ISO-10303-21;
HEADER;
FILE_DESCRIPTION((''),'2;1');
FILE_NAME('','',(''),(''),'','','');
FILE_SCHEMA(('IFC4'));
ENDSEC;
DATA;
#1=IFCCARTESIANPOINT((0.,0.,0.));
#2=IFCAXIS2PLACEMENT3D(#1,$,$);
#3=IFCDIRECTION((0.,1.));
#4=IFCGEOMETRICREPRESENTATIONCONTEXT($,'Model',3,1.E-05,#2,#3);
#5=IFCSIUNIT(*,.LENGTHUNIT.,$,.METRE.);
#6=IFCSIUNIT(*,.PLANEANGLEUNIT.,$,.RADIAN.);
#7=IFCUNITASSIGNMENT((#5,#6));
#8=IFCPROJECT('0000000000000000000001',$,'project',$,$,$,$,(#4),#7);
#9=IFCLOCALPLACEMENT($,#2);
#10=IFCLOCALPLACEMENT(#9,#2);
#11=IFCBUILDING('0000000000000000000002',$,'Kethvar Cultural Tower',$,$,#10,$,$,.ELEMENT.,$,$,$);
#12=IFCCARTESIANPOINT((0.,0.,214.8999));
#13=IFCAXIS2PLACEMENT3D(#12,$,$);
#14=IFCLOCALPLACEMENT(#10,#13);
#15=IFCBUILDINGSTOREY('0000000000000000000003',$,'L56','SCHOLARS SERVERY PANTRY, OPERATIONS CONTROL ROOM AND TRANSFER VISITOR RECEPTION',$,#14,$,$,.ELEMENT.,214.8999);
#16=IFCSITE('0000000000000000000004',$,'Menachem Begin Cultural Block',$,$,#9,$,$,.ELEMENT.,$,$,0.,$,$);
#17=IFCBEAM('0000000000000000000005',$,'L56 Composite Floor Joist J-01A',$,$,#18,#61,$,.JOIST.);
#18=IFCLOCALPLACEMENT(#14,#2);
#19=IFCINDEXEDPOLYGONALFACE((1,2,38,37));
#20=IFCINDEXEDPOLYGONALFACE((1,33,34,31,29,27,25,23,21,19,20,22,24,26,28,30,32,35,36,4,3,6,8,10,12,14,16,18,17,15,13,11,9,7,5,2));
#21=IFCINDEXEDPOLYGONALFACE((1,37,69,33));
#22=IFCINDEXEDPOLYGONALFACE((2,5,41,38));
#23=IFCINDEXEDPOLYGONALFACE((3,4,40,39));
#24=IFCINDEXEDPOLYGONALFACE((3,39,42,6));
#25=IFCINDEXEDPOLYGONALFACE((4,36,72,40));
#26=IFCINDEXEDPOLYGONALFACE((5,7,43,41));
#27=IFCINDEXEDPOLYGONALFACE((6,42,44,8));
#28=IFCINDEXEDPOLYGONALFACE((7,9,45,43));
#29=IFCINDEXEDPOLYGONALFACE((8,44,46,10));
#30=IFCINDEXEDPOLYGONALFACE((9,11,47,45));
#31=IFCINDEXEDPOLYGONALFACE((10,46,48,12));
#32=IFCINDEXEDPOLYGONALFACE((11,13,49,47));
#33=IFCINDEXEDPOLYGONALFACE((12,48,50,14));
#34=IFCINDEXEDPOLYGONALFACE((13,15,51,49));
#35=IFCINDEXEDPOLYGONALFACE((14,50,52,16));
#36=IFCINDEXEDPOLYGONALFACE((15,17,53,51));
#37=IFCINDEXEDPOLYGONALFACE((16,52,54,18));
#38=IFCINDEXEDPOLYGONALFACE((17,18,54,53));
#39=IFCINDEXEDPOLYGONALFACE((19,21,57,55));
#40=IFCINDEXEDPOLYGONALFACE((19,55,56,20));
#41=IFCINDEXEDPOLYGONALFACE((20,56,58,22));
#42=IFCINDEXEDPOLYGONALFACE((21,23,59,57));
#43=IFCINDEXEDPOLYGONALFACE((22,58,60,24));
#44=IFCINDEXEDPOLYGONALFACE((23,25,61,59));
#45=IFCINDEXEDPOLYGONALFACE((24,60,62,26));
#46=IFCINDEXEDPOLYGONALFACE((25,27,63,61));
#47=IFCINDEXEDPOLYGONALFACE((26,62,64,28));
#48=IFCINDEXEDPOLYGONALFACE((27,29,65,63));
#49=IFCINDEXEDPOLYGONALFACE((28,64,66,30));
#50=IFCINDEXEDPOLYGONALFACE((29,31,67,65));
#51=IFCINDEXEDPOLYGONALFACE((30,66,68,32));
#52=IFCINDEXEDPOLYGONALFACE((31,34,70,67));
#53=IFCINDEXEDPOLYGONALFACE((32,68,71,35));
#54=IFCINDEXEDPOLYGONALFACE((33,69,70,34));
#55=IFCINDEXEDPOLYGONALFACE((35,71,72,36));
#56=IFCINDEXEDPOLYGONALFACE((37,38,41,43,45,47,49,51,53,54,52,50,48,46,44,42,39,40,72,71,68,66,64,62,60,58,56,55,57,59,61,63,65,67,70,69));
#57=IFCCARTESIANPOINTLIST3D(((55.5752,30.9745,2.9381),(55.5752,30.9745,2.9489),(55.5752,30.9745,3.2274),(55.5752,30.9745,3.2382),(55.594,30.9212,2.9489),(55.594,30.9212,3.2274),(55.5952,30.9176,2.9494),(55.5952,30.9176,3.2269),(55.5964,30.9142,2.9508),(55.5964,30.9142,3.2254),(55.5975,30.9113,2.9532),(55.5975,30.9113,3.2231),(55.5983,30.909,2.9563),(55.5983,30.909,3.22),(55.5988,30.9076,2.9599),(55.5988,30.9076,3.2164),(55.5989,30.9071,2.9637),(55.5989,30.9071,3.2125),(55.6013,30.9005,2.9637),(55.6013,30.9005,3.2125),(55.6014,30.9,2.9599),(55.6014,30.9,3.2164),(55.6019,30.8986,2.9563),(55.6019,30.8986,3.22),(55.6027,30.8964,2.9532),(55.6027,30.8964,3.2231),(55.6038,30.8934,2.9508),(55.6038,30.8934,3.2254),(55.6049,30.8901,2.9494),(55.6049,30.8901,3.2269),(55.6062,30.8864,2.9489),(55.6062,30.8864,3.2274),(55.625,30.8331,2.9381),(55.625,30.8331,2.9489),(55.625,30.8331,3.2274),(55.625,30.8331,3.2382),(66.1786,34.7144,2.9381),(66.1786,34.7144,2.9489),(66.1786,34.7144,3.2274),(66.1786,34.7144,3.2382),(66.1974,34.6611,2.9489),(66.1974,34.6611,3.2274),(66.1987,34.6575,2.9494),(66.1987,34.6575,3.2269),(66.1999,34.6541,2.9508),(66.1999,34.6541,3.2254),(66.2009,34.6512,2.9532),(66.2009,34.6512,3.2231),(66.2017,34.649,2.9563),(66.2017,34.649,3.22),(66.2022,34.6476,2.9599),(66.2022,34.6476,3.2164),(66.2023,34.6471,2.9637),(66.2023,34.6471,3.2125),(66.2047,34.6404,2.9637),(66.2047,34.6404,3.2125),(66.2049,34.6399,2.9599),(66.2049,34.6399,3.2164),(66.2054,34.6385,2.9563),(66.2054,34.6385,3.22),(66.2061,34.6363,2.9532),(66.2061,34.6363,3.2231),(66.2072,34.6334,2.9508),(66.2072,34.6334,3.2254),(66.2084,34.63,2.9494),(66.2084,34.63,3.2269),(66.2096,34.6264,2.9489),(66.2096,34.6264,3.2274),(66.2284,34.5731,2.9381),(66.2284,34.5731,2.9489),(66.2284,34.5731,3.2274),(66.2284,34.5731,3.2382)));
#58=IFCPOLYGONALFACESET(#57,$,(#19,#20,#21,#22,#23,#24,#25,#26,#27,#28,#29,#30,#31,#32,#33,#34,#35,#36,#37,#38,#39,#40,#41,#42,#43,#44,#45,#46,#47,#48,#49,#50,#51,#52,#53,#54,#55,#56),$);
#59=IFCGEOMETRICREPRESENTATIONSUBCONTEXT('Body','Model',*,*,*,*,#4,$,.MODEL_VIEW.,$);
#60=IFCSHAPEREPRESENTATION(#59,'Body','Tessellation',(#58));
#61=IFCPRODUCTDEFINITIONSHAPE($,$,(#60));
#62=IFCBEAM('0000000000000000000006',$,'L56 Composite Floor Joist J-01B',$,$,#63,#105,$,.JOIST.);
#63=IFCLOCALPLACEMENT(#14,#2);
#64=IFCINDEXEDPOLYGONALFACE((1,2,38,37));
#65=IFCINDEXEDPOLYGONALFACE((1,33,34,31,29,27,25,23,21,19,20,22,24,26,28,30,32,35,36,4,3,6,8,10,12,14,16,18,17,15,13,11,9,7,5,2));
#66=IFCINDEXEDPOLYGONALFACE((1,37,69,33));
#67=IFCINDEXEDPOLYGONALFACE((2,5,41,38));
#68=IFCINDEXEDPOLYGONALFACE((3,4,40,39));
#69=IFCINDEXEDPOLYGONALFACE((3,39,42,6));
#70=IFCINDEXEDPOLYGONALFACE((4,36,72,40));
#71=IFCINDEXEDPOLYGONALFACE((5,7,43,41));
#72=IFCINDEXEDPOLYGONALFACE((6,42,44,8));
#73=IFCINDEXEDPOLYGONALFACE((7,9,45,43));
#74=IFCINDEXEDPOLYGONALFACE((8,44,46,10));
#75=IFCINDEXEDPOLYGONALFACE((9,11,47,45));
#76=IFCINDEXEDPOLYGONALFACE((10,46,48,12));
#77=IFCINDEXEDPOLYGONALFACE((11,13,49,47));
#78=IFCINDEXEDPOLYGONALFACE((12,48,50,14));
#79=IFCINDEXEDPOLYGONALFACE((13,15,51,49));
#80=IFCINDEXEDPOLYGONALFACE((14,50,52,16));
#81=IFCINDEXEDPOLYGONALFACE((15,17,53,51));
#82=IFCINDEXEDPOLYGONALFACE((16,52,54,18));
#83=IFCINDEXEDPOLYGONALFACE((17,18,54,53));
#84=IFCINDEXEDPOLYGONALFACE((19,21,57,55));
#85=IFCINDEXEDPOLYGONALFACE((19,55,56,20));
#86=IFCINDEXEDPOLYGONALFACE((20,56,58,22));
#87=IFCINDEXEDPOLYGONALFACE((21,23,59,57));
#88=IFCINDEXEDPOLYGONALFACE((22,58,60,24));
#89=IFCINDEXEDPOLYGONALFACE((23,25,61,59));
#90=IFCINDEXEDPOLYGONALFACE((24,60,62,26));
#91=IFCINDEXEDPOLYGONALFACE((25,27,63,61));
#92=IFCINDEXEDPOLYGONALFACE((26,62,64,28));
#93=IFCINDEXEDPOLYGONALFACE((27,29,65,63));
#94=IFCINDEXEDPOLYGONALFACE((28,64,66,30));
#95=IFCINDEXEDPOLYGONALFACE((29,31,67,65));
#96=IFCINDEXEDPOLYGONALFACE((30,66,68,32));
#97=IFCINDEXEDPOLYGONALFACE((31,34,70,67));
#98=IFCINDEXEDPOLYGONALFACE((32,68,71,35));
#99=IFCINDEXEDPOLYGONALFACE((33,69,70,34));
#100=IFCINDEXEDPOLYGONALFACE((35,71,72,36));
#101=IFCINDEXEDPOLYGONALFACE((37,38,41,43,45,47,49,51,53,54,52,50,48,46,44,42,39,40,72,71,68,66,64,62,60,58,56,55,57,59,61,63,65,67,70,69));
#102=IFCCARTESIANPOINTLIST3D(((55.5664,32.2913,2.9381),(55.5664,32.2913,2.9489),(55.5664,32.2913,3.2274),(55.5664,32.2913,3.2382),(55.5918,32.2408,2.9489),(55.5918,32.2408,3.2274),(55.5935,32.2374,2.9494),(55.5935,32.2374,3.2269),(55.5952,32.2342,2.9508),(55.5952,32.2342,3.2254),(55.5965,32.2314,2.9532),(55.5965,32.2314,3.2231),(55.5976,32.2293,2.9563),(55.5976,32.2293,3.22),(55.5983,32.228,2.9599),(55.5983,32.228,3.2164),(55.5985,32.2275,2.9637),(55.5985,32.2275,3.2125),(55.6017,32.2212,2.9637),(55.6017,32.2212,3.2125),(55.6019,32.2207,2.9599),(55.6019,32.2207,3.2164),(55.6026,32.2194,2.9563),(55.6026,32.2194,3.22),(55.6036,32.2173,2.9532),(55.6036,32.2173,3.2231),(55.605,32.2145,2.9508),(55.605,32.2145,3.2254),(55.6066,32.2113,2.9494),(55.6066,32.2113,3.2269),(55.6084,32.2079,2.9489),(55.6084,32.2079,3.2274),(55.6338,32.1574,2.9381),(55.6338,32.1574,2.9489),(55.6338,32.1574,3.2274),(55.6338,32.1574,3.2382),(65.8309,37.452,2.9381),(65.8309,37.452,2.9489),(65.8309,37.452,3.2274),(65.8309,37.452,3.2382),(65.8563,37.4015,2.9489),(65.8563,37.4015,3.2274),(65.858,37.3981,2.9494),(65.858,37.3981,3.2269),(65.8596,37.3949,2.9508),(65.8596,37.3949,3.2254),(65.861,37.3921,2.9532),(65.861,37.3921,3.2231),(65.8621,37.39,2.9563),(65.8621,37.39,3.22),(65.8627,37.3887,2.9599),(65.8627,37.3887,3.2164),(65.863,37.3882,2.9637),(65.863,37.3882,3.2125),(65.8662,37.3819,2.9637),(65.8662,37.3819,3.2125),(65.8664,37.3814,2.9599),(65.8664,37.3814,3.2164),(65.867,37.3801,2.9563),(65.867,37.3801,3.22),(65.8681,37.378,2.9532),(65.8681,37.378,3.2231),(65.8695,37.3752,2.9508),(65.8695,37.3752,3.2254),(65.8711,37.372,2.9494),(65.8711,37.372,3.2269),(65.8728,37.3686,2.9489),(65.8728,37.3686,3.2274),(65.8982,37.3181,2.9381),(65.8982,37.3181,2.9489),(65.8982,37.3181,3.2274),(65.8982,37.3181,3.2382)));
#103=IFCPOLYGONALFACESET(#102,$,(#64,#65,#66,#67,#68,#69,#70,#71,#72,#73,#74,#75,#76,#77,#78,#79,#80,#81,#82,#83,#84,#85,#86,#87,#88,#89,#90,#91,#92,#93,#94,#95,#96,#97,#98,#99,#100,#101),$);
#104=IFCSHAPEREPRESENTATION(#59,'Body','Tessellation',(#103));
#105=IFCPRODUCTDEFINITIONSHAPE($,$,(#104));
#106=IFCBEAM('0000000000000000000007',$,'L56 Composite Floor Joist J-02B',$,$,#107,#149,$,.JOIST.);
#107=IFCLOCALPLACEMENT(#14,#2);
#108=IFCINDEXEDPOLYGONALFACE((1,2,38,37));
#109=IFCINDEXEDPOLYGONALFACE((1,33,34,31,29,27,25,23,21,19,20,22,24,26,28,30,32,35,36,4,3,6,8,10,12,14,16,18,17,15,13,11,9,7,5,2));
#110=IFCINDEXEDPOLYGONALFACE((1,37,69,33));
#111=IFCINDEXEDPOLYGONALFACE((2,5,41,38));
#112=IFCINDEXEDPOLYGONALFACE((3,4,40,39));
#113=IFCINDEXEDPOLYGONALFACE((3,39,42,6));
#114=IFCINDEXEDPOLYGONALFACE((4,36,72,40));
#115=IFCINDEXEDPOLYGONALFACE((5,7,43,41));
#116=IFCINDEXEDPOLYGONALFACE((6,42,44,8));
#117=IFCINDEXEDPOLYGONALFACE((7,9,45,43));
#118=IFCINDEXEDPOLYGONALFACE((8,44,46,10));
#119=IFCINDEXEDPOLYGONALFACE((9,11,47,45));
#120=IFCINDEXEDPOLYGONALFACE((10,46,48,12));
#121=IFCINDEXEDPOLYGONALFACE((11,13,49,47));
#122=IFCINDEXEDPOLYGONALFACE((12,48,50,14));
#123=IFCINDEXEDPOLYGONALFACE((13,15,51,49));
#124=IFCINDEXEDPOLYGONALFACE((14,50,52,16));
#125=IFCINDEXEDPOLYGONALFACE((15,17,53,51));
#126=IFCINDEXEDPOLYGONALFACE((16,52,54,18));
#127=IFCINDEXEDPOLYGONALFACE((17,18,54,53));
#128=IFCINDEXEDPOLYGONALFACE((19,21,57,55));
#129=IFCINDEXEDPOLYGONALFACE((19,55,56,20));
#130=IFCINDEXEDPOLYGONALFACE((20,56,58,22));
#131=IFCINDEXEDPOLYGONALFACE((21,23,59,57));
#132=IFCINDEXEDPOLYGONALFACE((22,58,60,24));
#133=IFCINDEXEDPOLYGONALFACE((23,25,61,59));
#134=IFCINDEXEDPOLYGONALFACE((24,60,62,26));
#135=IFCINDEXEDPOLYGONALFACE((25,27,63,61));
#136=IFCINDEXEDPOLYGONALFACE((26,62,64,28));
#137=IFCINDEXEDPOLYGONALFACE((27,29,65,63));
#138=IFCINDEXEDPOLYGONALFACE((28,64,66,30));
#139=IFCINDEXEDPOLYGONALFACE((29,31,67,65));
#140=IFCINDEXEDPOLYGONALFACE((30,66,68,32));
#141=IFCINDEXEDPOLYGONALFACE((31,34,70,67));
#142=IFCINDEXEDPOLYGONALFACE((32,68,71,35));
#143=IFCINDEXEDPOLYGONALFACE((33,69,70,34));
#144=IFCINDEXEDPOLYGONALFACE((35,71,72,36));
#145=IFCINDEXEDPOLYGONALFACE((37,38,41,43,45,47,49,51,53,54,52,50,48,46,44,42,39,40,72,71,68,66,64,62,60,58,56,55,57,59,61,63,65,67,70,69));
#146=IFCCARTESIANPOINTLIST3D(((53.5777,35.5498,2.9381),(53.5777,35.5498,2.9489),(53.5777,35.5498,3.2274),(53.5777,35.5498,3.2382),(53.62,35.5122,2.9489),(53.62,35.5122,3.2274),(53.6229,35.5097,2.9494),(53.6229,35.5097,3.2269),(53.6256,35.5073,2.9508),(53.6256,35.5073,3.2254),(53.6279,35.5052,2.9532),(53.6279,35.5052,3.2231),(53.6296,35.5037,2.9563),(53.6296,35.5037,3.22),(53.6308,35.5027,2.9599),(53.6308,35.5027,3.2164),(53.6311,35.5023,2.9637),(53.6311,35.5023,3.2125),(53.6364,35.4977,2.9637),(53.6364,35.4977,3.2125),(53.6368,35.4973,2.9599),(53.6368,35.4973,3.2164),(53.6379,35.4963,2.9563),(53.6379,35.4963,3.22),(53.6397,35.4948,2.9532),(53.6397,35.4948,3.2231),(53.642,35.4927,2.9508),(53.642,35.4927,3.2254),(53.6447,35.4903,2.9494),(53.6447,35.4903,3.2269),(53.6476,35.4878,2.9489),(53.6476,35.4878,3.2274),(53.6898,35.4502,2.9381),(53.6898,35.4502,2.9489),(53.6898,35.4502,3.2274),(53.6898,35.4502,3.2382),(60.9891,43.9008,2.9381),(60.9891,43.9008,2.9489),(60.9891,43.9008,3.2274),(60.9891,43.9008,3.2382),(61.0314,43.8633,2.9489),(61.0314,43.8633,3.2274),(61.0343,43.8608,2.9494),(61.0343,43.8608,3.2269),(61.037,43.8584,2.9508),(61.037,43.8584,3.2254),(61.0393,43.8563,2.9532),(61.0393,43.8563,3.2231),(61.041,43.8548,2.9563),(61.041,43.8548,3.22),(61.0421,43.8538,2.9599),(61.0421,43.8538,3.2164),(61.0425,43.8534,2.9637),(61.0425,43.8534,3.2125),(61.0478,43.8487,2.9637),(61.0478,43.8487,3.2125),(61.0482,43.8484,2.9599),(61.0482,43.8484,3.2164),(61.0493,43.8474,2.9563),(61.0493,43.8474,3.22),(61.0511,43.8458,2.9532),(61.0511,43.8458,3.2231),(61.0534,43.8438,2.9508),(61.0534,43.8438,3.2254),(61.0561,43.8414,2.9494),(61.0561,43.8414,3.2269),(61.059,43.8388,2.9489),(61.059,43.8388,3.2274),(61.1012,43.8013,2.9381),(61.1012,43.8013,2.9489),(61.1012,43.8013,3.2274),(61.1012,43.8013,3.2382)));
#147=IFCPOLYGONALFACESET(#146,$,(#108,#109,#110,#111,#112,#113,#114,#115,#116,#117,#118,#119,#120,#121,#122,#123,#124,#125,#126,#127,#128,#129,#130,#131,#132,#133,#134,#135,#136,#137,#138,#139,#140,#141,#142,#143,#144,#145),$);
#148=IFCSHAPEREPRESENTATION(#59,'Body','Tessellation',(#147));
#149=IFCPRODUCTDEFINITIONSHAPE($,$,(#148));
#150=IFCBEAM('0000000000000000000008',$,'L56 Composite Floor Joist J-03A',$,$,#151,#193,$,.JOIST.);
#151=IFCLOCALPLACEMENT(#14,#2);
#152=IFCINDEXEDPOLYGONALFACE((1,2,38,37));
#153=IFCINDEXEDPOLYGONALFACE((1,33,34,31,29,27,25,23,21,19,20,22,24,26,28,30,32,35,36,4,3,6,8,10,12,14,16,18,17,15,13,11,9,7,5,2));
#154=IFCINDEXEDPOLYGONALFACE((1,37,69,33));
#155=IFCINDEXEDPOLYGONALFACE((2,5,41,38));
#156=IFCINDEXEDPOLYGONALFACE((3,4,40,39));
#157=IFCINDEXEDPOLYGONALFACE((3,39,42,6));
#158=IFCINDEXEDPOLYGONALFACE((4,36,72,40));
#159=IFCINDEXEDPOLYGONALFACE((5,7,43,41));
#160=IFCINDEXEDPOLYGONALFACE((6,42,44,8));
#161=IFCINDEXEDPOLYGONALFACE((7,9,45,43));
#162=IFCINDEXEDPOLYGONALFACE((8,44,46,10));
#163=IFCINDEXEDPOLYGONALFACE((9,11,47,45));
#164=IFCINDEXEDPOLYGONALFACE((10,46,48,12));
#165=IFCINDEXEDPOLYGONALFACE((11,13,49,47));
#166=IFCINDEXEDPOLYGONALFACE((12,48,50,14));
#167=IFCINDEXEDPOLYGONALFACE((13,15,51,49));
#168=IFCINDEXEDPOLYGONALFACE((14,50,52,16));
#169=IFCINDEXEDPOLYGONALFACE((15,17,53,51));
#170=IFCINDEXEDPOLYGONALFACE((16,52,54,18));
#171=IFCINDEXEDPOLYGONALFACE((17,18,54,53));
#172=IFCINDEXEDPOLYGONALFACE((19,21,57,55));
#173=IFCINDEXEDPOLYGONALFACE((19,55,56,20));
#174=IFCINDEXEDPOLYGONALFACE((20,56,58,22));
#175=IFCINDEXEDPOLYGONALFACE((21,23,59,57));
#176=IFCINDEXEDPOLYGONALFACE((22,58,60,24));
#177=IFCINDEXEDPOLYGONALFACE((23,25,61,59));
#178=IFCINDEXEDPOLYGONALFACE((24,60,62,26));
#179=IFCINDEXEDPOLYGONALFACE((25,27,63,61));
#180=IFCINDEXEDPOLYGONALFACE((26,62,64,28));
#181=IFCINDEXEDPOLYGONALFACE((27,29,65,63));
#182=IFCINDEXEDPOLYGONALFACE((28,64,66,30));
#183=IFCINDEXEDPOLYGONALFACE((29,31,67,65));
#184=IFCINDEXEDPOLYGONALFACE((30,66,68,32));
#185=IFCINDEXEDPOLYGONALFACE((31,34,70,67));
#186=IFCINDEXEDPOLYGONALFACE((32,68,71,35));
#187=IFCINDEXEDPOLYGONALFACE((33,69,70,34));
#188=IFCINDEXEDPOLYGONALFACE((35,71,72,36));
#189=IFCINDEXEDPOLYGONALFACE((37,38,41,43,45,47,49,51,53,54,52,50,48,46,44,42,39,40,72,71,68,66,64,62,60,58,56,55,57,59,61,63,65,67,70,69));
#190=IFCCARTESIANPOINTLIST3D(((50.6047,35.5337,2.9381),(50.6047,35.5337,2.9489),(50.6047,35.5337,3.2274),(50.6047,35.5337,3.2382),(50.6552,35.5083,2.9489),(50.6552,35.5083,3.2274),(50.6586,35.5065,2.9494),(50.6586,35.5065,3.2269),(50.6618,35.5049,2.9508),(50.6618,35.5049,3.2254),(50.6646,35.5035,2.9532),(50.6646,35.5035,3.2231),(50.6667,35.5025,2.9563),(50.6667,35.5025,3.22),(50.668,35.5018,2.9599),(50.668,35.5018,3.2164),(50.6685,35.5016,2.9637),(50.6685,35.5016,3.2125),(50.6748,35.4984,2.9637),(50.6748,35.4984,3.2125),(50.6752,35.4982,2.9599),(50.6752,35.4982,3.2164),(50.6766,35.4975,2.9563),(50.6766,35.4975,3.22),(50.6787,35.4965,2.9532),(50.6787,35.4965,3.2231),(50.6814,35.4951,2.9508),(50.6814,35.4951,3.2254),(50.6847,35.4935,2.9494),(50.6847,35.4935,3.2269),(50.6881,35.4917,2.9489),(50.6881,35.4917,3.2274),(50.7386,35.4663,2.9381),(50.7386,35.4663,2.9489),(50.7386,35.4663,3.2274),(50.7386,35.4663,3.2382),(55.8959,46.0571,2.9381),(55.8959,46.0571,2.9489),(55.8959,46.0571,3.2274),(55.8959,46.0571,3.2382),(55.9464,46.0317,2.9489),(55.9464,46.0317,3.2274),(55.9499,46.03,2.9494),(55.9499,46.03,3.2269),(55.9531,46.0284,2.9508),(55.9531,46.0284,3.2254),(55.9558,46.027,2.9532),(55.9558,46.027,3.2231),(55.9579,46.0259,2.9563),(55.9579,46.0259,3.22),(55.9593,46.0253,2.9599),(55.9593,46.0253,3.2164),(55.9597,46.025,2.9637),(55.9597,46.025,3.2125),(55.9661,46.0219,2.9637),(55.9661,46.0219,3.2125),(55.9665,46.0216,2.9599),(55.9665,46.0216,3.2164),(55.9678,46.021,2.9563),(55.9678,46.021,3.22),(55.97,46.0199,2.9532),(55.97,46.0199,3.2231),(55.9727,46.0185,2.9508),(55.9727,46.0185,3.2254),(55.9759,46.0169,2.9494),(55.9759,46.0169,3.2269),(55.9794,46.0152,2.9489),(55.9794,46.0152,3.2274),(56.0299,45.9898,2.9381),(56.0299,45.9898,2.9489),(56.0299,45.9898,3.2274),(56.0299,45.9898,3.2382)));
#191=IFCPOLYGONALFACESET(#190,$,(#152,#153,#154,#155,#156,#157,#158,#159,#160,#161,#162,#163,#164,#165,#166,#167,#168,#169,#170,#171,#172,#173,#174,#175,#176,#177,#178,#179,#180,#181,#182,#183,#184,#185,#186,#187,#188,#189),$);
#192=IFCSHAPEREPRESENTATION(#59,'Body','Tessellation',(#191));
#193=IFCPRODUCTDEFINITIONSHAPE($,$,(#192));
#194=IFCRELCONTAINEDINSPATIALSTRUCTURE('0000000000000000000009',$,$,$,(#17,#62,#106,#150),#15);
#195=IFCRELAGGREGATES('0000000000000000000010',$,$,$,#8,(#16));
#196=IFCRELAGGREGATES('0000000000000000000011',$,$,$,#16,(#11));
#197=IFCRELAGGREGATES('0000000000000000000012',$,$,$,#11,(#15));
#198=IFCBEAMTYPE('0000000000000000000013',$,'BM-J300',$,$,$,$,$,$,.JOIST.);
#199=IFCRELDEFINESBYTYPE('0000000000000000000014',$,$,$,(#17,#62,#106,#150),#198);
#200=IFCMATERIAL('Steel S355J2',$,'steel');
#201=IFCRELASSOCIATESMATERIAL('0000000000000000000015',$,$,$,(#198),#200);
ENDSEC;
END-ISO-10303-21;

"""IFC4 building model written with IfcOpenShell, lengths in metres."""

from ifc_helpers import new_model, si_unit, direction, frame, origin, origin_2d, place, context, subcontext, project, spatial, i_section, extrude, source, transform, mapped, material, material_profile, profile_set, type_object, element, save


model = new_model("IFC4")

# Units and contexts
model_context = context("Model", 3, precision=1e-05, world=origin(), true_north=direction((0.0, 1.0)))
body_context = subcontext(model_context, "Body", "Model", "MODEL_VIEW")
ifc_project = project(units=[si_unit("LENGTHUNIT", "METRE"), si_unit("PLANEANGLEUNIT", "RADIAN")], contexts=[model_context])

# Site, building, storey
site_placement = place(None, origin())
site = spatial("IfcSite", under=ifc_project, at=site_placement, Name="Menachem Begin Cultural Block", CompositionType="ELEMENT", RefElevation=0.0)
building_placement = place(site_placement, origin())
building = spatial("IfcBuilding", under=site, at=building_placement, Name="Kethvar Cultural Tower", CompositionType="ELEMENT")
storey_placement = place(building_placement, frame((0.0, 0.0, 214.8999)))
storey = spatial("IfcBuildingStorey", under=building, at=storey_placement, Name="L56", Description="SCHOLARS SERVERY PANTRY, OPERATIONS CONTROL ROOM AND TRANSFER VISITOR RECEPTION", CompositionType="ELEMENT", Elevation=214.8999)

# Beams
ifc_material_1 = material(Name="Steel S355J2", Category="steel")
ifc_material_profile_1 = material_profile(ifc_material_1, i_section(OverallWidth=0.1499, OverallDepth=0.3, WebThickness=0.0071, FlangeThickness=0.0107, FilletRadius=0.0149, at=origin_2d()), Name="Steel S355J2 — IPE300")
ifc_profile_set_1 = profile_set([ifc_material_profile_1], Name="Steel S355J2 — IPE300")
beam_type_1 = type_object("IfcBeamType", Name="BM-J300", PredefinedType="JOIST", material=ifc_profile_set_1)
shared_shape_1 = source(origin(), body_context, "Body", "SweptSolid", [
    extrude(i_section(OverallWidth=0.1499, OverallDepth=0.3, WebThickness=0.0071, FlangeThickness=0.0107, FilletRadius=0.0149, at=origin_2d()), origin(), (0.0, 0.0, 1.0), 11.2437),
])
beam_1_placement = place(storey_placement, frame((55.6001, 30.9038, 3.0881), z_axis=(0.943058, 0.332628, 0.0), x_axis=(-0.332628, 0.943058, 0.0)))
element("IfcBeam", 1, at=beam_1_placement, inside=storey, type_object=beam_type_1, Name="L56 Composite Floor Joist J-01A", PredefinedType="JOIST", context=body_context, shape_type="MappedRepresentation", body=[
    mapped(shared_shape_1, transform((0.0, 0.0, 0.0), scale=1.0)),
])
shared_shape_2 = source(origin(), body_context, "Body", "SweptSolid", [
    extrude(i_section(OverallWidth=0.1499, OverallDepth=0.3, WebThickness=0.0071, FlangeThickness=0.0107, FilletRadius=0.0149, at=origin_2d()), origin(), (0.0, 0.0, 1.0), 11.4888),
])
beam_2_placement = place(storey_placement, frame((55.6001, 32.2244, 3.0881), z_axis=(0.893435, 0.449193, 0.0), x_axis=(-0.449193, 0.893435, 0.0)))
element("IfcBeam", 2, at=beam_2_placement, inside=storey, type_object=beam_type_1, Name="L56 Composite Floor Joist J-01B", PredefinedType="JOIST", context=body_context, shape_type="MappedRepresentation", body=[
    mapped(shared_shape_2, transform((0.0, 0.0, 0.0), scale=1.0)),
])
shared_shape_3 = source(origin(), body_context, "Body", "SweptSolid", [
    extrude(i_section(OverallWidth=0.1499, OverallDepth=0.3, WebThickness=0.0071, FlangeThickness=0.0107, FilletRadius=0.0149, at=origin_2d()), origin(), (0.0, 0.0, 1.0), 11.1655),
])
beam_3_placement = place(storey_placement, frame((53.6338, 35.5, 3.0881), z_axis=(0.663773, 0.747934, 0.0), x_axis=(-0.747934, 0.663773, 0.0)))
element("IfcBeam", 3, at=beam_3_placement, inside=storey, type_object=beam_type_1, Name="L56 Composite Floor Joist J-02B", PredefinedType="JOIST", context=body_context, shape_type="MappedRepresentation", body=[
    mapped(shared_shape_3, transform((0.0, 0.0, 0.0), scale=1.0)),
])
shared_shape_4 = source(origin(), body_context, "Body", "SweptSolid", [
    extrude(i_section(OverallWidth=0.1499, OverallDepth=0.3, WebThickness=0.0071, FlangeThickness=0.0107, FilletRadius=0.0149, at=origin_2d()), origin(), (0.0, 0.0, 1.0), 11.7788),
])
beam_4_placement = place(storey_placement, frame((50.6716, 35.5, 3.0881), z_axis=(0.449219, 0.893422, 0.0), x_axis=(-0.893422, 0.449219, 0.0)))
element("IfcBeam", 4, at=beam_4_placement, inside=storey, type_object=beam_type_1, Name="L56 Composite Floor Joist J-03A", PredefinedType="JOIST", context=body_context, shape_type="MappedRepresentation", body=[
    mapped(shared_shape_4, transform((0.0, 0.0, 0.0), scale=1.0)),
])

save(model, "model.ifc")
